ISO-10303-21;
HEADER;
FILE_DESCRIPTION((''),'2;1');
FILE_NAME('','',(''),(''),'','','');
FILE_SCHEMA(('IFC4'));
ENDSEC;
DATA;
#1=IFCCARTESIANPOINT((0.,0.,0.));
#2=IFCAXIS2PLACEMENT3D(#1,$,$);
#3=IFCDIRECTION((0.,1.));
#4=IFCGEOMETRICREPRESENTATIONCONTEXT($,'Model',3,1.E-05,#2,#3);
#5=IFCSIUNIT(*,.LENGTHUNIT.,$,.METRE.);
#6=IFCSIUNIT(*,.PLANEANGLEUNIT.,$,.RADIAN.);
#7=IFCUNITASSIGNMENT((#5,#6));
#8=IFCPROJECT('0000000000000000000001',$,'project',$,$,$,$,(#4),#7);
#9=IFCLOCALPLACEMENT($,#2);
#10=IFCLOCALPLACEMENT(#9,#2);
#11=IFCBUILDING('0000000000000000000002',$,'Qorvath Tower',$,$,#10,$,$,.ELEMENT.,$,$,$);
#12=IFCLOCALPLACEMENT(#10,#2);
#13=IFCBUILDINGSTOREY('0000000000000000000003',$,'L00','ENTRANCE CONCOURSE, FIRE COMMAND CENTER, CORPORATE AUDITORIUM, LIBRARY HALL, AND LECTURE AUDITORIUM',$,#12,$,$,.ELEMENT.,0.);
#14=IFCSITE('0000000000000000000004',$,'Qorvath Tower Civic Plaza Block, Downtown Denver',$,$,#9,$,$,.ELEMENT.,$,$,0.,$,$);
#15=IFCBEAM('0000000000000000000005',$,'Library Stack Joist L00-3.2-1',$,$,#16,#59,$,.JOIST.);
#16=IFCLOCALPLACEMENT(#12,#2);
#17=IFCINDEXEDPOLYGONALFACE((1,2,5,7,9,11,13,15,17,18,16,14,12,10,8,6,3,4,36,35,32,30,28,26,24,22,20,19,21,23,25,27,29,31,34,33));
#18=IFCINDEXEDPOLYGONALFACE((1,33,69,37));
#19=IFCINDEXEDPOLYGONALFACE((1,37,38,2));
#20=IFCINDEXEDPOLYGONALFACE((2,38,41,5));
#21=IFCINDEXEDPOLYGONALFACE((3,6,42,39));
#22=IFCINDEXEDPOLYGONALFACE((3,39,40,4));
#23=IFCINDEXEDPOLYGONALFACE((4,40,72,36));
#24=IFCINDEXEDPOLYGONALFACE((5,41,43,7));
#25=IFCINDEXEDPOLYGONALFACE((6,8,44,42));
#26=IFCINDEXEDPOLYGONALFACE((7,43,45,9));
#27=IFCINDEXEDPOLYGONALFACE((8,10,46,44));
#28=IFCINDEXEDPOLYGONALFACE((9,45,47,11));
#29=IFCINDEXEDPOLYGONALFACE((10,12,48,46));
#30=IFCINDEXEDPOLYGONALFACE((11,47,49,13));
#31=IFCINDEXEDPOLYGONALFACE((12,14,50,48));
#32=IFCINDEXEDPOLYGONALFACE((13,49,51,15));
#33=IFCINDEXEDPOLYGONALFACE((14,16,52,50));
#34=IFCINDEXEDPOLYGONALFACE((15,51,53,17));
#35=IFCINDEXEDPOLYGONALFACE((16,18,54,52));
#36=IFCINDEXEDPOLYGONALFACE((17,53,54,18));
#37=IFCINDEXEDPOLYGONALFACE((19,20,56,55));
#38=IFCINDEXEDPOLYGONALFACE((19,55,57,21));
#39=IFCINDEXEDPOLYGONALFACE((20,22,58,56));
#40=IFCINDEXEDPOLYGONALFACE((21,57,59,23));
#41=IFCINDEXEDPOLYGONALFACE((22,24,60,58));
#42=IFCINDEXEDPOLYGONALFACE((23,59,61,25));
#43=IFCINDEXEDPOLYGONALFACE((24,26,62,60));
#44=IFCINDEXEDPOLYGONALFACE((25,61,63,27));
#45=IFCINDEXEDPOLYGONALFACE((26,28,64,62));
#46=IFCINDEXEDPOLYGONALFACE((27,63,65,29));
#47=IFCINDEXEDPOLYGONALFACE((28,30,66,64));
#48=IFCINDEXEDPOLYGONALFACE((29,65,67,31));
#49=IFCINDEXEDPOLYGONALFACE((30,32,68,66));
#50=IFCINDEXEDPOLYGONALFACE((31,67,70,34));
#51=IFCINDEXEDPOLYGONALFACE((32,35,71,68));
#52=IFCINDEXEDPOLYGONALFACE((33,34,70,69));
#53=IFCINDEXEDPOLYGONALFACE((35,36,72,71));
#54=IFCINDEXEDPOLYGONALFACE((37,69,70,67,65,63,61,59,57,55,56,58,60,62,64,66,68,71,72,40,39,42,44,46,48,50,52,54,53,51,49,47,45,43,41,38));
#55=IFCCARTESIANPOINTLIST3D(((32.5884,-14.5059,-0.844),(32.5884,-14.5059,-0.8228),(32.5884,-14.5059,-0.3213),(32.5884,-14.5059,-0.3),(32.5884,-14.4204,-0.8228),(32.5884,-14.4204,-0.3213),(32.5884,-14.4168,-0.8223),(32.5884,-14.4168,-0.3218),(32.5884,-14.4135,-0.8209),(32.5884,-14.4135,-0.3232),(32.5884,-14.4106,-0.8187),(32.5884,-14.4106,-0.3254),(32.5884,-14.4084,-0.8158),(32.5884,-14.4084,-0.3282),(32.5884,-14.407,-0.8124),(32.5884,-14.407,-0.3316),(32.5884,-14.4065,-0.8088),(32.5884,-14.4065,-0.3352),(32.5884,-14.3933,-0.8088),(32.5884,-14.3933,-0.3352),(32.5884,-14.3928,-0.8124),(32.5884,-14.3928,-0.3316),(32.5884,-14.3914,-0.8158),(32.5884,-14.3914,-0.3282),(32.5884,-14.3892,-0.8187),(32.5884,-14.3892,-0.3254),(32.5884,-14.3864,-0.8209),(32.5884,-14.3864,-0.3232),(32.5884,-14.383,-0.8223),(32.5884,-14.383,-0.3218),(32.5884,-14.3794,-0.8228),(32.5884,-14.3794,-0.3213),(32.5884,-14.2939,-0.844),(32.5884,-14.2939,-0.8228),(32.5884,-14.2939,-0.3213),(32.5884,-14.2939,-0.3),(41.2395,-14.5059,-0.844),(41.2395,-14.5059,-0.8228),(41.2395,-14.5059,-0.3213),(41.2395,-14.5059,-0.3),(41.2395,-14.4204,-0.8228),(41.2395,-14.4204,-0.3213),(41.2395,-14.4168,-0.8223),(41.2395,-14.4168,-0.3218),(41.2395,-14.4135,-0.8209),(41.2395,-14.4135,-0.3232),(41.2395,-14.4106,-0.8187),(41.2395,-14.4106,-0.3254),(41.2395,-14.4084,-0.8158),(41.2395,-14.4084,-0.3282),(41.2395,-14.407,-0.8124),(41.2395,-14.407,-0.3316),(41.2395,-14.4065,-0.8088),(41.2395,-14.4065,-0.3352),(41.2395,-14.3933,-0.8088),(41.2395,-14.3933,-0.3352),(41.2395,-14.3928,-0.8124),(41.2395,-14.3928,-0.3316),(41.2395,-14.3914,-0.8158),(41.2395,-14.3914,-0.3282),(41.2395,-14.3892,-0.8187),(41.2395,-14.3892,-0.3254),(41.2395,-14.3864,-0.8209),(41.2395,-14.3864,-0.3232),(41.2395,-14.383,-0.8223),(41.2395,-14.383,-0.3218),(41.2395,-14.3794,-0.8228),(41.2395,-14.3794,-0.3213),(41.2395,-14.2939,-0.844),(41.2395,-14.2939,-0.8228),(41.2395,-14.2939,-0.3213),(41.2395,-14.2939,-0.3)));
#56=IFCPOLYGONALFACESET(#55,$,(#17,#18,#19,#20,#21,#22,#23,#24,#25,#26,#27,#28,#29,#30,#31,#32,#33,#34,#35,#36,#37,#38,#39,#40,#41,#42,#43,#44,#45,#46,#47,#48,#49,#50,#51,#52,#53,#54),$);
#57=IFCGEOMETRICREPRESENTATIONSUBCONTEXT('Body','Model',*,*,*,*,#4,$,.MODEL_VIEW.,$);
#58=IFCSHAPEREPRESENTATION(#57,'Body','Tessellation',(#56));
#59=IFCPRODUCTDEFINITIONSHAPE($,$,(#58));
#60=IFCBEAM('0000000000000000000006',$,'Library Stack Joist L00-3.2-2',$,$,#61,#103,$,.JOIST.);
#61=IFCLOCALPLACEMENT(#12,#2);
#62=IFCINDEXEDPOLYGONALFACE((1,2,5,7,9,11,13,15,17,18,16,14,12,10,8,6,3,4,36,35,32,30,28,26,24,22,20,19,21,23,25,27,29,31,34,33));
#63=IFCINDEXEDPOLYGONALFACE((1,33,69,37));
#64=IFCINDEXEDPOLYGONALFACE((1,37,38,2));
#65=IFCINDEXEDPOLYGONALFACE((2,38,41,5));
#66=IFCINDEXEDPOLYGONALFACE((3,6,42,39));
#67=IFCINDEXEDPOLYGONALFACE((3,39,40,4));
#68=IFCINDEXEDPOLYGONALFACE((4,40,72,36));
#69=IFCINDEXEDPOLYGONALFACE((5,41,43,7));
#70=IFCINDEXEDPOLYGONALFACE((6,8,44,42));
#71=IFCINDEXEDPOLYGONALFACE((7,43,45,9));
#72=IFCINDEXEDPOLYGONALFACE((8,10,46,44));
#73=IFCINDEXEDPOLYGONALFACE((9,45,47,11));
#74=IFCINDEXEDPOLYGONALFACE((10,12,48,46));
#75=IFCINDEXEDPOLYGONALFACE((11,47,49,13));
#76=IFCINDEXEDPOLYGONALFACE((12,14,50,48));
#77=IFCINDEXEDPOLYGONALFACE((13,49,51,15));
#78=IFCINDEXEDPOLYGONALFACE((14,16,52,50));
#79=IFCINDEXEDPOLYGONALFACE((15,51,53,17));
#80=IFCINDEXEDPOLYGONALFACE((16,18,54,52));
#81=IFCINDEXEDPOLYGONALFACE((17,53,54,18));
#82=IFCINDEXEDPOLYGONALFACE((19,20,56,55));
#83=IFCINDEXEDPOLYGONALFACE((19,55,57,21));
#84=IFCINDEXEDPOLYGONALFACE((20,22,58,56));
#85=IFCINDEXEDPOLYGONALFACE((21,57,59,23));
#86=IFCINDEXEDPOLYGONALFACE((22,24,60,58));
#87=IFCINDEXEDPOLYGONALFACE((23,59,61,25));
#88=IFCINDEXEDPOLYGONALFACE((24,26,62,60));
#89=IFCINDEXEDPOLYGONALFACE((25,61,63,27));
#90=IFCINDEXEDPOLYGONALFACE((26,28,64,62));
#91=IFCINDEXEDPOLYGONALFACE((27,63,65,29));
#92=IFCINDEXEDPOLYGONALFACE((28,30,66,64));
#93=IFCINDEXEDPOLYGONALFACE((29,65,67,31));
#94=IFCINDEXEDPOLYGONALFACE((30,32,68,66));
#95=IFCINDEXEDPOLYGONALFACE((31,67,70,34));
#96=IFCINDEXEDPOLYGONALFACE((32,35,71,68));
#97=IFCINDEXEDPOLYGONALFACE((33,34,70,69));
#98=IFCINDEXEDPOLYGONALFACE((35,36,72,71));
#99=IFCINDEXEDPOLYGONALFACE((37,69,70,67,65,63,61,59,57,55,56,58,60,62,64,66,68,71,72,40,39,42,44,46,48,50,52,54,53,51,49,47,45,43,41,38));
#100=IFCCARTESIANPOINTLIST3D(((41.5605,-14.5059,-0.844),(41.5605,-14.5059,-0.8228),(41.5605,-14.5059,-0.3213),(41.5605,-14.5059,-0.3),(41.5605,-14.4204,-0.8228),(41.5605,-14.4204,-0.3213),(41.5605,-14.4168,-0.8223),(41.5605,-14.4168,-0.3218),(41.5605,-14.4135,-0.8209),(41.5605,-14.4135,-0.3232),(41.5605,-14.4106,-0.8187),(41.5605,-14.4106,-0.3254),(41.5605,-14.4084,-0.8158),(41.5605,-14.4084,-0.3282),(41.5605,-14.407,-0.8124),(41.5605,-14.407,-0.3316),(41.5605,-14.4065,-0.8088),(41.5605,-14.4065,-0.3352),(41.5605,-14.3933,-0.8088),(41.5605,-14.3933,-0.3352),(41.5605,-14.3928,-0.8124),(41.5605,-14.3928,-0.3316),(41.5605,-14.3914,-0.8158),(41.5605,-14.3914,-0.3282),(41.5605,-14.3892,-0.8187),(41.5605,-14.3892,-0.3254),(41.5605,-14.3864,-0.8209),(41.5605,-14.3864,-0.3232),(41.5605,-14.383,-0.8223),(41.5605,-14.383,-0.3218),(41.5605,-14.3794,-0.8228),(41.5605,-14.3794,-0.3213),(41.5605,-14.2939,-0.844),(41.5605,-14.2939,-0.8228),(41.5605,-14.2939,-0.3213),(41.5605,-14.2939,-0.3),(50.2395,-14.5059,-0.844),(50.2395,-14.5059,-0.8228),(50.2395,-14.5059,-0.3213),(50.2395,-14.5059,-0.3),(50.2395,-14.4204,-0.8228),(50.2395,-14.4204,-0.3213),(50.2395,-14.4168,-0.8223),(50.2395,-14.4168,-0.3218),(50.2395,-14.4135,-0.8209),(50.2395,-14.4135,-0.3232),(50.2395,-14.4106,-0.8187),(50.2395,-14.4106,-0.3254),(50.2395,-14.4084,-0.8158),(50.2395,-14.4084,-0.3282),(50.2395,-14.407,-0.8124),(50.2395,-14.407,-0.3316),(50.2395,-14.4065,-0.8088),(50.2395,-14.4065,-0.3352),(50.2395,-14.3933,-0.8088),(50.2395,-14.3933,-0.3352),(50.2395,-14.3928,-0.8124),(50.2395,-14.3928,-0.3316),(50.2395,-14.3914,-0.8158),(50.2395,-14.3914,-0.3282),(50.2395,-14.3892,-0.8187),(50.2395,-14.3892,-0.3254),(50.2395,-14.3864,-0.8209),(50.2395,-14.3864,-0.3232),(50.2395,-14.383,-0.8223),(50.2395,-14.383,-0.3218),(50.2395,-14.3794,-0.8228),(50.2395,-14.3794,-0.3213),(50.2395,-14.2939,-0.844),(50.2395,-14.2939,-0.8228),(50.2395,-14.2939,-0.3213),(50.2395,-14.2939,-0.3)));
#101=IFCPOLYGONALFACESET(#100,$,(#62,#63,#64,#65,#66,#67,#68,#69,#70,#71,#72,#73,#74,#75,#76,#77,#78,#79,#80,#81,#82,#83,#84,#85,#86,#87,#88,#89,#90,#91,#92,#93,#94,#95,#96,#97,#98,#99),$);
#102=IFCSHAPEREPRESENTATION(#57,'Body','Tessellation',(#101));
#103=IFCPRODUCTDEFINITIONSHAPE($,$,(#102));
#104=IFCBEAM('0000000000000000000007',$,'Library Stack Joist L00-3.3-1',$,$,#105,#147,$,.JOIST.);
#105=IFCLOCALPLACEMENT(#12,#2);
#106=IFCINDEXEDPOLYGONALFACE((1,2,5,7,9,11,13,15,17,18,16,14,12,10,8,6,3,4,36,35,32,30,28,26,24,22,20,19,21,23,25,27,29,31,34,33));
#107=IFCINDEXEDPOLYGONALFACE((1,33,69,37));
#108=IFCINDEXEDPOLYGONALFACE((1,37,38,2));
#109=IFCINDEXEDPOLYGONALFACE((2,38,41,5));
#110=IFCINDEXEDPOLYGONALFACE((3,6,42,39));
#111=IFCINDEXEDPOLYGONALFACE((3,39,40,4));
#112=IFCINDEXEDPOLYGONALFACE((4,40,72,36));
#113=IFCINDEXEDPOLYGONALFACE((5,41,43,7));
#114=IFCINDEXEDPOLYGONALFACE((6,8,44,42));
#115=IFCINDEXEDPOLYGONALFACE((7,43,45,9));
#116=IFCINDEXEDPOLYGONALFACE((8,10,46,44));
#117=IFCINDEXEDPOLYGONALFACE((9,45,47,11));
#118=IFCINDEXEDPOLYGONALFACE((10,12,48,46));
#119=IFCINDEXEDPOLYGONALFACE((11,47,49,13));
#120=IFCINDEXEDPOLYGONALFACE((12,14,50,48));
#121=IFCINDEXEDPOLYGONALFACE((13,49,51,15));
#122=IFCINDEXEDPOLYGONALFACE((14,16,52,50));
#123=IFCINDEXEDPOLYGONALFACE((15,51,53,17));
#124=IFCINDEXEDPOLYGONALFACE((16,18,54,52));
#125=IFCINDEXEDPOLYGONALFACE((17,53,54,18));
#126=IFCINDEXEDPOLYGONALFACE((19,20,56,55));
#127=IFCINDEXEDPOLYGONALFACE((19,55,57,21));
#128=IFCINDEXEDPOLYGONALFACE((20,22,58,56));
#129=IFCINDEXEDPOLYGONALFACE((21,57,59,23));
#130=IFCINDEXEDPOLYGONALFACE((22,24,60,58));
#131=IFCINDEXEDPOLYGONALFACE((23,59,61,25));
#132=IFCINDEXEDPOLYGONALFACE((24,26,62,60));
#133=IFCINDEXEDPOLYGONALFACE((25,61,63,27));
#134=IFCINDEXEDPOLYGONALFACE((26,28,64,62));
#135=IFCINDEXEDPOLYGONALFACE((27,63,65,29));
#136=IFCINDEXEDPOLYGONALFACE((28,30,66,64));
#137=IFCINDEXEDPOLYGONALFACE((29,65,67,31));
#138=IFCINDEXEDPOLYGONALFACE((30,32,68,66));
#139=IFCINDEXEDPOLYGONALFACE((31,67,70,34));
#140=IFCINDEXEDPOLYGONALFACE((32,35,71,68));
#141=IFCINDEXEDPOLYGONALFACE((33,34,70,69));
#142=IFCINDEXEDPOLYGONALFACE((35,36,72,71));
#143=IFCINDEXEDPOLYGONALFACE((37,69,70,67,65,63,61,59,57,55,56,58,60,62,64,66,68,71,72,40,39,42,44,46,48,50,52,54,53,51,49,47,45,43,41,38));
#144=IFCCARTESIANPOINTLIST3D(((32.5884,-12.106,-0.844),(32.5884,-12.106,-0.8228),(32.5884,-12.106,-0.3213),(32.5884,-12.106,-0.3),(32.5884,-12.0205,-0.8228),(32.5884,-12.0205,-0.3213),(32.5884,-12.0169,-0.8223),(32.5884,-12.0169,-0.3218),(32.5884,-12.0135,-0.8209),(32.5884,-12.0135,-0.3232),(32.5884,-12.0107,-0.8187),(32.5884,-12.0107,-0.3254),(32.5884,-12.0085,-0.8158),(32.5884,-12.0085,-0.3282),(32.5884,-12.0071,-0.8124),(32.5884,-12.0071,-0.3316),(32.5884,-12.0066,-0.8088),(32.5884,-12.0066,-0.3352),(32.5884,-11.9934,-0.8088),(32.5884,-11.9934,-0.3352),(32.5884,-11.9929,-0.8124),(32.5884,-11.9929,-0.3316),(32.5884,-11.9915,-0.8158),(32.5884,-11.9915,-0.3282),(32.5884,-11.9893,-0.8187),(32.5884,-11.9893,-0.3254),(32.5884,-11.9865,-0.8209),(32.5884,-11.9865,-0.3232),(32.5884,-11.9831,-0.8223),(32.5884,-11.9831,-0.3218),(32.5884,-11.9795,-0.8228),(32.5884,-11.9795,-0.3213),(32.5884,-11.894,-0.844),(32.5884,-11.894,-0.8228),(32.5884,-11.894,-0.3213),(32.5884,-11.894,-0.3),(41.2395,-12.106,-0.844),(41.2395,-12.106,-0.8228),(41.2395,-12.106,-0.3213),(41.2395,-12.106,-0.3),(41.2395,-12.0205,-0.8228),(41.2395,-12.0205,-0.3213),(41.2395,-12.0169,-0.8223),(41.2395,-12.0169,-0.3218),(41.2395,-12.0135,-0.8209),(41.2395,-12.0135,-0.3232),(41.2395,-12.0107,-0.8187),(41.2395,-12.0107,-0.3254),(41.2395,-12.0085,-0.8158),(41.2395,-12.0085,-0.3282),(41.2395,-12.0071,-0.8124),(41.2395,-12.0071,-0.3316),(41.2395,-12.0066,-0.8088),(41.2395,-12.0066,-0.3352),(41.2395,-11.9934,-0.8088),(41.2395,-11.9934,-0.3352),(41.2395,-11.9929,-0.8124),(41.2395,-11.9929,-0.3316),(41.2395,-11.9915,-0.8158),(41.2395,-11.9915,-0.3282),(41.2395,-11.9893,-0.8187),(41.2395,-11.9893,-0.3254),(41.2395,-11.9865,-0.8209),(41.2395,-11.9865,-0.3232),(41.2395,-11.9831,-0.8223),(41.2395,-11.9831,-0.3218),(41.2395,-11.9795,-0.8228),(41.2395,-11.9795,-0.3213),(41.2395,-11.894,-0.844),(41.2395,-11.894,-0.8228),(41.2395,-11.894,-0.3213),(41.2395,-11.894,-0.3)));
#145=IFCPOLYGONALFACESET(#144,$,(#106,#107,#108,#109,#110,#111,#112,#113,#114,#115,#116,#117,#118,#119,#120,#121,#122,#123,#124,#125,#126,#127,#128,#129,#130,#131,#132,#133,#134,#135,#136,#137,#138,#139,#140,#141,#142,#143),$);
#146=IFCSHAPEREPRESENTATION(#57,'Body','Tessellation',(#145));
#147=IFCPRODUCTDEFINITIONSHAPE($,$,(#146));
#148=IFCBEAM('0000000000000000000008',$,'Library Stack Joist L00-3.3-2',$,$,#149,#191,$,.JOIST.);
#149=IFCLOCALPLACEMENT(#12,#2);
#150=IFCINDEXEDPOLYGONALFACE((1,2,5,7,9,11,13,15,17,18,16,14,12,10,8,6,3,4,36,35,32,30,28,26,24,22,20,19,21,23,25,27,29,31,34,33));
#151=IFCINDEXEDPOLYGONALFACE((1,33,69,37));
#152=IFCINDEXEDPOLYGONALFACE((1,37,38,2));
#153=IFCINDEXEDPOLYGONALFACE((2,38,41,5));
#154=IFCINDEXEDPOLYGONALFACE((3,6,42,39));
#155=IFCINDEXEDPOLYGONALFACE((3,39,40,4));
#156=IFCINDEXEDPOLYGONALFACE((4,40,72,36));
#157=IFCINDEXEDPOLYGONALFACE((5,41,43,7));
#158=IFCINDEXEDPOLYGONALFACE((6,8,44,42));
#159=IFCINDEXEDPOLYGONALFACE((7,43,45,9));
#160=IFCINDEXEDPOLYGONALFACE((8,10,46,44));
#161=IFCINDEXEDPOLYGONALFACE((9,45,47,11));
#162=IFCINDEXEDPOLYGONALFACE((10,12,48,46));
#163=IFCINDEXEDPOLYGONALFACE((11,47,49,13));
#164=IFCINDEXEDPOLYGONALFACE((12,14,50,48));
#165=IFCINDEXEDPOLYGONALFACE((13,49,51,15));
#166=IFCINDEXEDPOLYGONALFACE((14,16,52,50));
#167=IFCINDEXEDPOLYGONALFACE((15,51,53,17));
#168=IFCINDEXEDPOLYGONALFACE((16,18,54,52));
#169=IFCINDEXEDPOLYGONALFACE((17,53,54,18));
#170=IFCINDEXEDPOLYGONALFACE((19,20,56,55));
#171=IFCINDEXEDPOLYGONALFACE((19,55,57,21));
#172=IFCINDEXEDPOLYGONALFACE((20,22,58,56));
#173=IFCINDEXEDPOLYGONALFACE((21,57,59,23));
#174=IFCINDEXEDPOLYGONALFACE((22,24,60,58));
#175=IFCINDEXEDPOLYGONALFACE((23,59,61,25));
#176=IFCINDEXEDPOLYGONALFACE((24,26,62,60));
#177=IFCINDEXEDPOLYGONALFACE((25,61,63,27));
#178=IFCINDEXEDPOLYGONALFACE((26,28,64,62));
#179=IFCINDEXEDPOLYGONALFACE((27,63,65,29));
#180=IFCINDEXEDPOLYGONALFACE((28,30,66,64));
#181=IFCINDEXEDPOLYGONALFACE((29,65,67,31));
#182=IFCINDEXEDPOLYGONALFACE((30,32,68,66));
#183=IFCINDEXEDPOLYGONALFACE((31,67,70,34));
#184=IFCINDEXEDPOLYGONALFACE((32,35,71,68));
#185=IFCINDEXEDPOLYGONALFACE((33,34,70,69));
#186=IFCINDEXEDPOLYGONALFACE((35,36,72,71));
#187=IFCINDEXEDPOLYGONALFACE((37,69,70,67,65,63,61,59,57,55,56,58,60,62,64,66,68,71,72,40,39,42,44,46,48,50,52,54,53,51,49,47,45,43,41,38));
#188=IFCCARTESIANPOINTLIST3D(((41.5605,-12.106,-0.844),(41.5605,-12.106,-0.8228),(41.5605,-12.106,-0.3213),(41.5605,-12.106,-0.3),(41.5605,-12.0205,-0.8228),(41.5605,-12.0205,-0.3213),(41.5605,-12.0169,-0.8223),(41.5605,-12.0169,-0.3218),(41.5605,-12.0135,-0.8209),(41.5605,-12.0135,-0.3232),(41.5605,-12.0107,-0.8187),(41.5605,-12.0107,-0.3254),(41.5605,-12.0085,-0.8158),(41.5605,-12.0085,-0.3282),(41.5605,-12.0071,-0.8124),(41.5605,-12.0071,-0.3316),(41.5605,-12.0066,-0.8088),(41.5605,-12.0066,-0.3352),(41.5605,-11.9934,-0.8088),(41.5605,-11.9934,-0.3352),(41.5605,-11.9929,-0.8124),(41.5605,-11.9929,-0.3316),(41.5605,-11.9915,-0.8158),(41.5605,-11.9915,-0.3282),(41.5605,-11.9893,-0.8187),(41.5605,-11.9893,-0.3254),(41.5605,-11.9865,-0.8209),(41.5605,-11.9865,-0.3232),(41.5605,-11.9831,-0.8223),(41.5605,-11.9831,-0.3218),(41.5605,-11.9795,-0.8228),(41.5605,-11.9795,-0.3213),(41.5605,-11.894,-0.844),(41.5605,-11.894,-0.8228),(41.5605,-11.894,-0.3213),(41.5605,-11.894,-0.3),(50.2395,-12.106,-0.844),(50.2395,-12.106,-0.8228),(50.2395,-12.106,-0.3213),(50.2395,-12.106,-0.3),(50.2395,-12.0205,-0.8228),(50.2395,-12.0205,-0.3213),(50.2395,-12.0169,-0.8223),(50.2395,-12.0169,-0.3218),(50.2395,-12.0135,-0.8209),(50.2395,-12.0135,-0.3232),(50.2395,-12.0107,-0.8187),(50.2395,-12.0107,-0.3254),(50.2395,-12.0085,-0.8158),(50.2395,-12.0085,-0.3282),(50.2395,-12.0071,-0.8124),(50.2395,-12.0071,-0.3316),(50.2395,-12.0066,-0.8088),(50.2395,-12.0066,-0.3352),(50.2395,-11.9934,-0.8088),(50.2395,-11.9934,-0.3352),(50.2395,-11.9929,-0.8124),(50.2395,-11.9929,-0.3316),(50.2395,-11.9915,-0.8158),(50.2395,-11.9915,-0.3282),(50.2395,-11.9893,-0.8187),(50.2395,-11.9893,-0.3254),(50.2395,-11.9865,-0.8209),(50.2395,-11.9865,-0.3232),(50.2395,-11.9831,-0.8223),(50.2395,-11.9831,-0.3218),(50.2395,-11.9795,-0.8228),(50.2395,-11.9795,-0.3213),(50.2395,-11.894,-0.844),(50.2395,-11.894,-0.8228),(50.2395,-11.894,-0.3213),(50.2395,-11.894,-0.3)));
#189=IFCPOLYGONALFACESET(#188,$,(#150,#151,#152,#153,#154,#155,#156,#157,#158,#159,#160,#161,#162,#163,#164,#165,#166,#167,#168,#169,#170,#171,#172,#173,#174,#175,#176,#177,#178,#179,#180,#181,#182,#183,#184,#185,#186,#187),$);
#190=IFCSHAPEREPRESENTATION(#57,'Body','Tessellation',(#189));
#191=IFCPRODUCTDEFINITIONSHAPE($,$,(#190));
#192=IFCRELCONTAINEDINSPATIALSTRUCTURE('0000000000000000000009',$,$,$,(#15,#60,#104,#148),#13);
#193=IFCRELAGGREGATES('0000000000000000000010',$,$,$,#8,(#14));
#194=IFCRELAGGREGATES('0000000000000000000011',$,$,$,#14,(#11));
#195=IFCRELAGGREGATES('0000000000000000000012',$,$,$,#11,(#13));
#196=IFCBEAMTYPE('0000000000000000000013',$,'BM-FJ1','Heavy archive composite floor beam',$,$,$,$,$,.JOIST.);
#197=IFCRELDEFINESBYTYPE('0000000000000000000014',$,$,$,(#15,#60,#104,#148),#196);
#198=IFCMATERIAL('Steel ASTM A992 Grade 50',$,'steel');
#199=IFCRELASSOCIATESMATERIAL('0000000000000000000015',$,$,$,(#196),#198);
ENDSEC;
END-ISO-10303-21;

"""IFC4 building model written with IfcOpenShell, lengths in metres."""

from ifc_helpers import new_model, si_unit, direction, frame, origin, origin_2d, place, context, subcontext, project, spatial, i_section, extrude, material, material_profile, profile_set, type_object, element, save


model = new_model("IFC4")

# Units and contexts
model_context = context("Model", 3, precision=1e-05, world=origin(), true_north=direction((0.0, 1.0)))
body_context = subcontext(model_context, "Body", "Model", "MODEL_VIEW")
ifc_project = project(units=[si_unit("LENGTHUNIT", "METRE"), si_unit("PLANEANGLEUNIT", "RADIAN")], contexts=[model_context])

# Site, building, storey
site_placement = place(None, origin())
site = spatial("IfcSite", under=ifc_project, at=site_placement, Name="Qorvath Tower Civic Plaza Block, Downtown Denver", CompositionType="ELEMENT", RefElevation=0.0)
building_placement = place(site_placement, origin())
building = spatial("IfcBuilding", under=site, at=building_placement, Name="Qorvath Tower", CompositionType="ELEMENT")
storey_placement = place(building_placement, origin())
storey = spatial("IfcBuildingStorey", under=building, at=storey_placement, Name="L00", Description="ENTRANCE CONCOURSE, FIRE COMMAND CENTER, CORPORATE AUDITORIUM, LIBRARY HALL, AND LECTURE AUDITORIUM", CompositionType="ELEMENT", Elevation=0.0)

# Beams
ifc_material_1 = material(Name="Steel ASTM A992 Grade 50", Category="steel")
ifc_material_profile_1 = material_profile(ifc_material_1, i_section(OverallWidth=0.2119, OverallDepth=0.5439, WebThickness=0.0132, FlangeThickness=0.0212, FilletRadius=0.0139, at=origin_2d()), Name="W21x83")
ifc_profile_set_1 = profile_set([ifc_material_profile_1], Name="Steel ASTM A992 Grade 50")
beam_type_1 = type_object("IfcBeamType", Name="BM-FJ1", Description="Heavy archive composite floor beam", PredefinedType="JOIST", material=ifc_profile_set_1)
beam_1_placement = place(storey_placement, frame((32.5884, -14.3999, -0.572), z_axis=(1.0, 0.0, 0.0), x_axis=(0.0, 1.0, 0.0)))
element("IfcBeam", 1, at=beam_1_placement, inside=storey, type_object=beam_type_1, Name="Library Stack Joist L00-3.2-1", PredefinedType="JOIST", context=body_context, shape_type="SweptSolid", body=[
    extrude(i_section(OverallWidth=0.2119, OverallDepth=0.5439, WebThickness=0.0132, FlangeThickness=0.0212, FilletRadius=0.0139, at=origin_2d()), origin(), (0.0, 0.0, 1.0), 8.6511),
])
beam_2_placement = place(storey_placement, frame((41.5605, -14.3999, -0.572), z_axis=(1.0, 0.0, 0.0), x_axis=(0.0, 1.0, 0.0)))
element("IfcBeam", 2, at=beam_2_placement, inside=storey, type_object=beam_type_1, Name="Library Stack Joist L00-3.2-2", PredefinedType="JOIST", context=body_context, shape_type="SweptSolid", body=[
    extrude(i_section(OverallWidth=0.2119, OverallDepth=0.5439, WebThickness=0.0132, FlangeThickness=0.0212, FilletRadius=0.0139, at=origin_2d()), origin(), (0.0, 0.0, 1.0), 8.679),
])
beam_3_placement = place(storey_placement, frame((32.5884, -12.0, -0.572), z_axis=(1.0, 0.0, 0.0), x_axis=(0.0, 1.0, 0.0)))
element("IfcBeam", 3, at=beam_3_placement, inside=storey, type_object=beam_type_1, Name="Library Stack Joist L00-3.3-1", PredefinedType="JOIST", context=body_context, shape_type="SweptSolid", body=[
    extrude(i_section(OverallWidth=0.2119, OverallDepth=0.5439, WebThickness=0.0132, FlangeThickness=0.0212, FilletRadius=0.0139, at=origin_2d()), origin(), (0.0, 0.0, 1.0), 8.6511),
])
beam_4_placement = place(storey_placement, frame((41.5605, -12.0, -0.572), z_axis=(1.0, 0.0, 0.0), x_axis=(0.0, 1.0, 0.0)))
element("IfcBeam", 4, at=beam_4_placement, inside=storey, type_object=beam_type_1, Name="Library Stack Joist L00-3.3-2", PredefinedType="JOIST", context=body_context, shape_type="SweptSolid", body=[
    extrude(i_section(OverallWidth=0.2119, OverallDepth=0.5439, WebThickness=0.0132, FlangeThickness=0.0212, FilletRadius=0.0139, at=origin_2d()), origin(), (0.0, 0.0, 1.0), 8.679),
])

save(model, "model.ifc")
